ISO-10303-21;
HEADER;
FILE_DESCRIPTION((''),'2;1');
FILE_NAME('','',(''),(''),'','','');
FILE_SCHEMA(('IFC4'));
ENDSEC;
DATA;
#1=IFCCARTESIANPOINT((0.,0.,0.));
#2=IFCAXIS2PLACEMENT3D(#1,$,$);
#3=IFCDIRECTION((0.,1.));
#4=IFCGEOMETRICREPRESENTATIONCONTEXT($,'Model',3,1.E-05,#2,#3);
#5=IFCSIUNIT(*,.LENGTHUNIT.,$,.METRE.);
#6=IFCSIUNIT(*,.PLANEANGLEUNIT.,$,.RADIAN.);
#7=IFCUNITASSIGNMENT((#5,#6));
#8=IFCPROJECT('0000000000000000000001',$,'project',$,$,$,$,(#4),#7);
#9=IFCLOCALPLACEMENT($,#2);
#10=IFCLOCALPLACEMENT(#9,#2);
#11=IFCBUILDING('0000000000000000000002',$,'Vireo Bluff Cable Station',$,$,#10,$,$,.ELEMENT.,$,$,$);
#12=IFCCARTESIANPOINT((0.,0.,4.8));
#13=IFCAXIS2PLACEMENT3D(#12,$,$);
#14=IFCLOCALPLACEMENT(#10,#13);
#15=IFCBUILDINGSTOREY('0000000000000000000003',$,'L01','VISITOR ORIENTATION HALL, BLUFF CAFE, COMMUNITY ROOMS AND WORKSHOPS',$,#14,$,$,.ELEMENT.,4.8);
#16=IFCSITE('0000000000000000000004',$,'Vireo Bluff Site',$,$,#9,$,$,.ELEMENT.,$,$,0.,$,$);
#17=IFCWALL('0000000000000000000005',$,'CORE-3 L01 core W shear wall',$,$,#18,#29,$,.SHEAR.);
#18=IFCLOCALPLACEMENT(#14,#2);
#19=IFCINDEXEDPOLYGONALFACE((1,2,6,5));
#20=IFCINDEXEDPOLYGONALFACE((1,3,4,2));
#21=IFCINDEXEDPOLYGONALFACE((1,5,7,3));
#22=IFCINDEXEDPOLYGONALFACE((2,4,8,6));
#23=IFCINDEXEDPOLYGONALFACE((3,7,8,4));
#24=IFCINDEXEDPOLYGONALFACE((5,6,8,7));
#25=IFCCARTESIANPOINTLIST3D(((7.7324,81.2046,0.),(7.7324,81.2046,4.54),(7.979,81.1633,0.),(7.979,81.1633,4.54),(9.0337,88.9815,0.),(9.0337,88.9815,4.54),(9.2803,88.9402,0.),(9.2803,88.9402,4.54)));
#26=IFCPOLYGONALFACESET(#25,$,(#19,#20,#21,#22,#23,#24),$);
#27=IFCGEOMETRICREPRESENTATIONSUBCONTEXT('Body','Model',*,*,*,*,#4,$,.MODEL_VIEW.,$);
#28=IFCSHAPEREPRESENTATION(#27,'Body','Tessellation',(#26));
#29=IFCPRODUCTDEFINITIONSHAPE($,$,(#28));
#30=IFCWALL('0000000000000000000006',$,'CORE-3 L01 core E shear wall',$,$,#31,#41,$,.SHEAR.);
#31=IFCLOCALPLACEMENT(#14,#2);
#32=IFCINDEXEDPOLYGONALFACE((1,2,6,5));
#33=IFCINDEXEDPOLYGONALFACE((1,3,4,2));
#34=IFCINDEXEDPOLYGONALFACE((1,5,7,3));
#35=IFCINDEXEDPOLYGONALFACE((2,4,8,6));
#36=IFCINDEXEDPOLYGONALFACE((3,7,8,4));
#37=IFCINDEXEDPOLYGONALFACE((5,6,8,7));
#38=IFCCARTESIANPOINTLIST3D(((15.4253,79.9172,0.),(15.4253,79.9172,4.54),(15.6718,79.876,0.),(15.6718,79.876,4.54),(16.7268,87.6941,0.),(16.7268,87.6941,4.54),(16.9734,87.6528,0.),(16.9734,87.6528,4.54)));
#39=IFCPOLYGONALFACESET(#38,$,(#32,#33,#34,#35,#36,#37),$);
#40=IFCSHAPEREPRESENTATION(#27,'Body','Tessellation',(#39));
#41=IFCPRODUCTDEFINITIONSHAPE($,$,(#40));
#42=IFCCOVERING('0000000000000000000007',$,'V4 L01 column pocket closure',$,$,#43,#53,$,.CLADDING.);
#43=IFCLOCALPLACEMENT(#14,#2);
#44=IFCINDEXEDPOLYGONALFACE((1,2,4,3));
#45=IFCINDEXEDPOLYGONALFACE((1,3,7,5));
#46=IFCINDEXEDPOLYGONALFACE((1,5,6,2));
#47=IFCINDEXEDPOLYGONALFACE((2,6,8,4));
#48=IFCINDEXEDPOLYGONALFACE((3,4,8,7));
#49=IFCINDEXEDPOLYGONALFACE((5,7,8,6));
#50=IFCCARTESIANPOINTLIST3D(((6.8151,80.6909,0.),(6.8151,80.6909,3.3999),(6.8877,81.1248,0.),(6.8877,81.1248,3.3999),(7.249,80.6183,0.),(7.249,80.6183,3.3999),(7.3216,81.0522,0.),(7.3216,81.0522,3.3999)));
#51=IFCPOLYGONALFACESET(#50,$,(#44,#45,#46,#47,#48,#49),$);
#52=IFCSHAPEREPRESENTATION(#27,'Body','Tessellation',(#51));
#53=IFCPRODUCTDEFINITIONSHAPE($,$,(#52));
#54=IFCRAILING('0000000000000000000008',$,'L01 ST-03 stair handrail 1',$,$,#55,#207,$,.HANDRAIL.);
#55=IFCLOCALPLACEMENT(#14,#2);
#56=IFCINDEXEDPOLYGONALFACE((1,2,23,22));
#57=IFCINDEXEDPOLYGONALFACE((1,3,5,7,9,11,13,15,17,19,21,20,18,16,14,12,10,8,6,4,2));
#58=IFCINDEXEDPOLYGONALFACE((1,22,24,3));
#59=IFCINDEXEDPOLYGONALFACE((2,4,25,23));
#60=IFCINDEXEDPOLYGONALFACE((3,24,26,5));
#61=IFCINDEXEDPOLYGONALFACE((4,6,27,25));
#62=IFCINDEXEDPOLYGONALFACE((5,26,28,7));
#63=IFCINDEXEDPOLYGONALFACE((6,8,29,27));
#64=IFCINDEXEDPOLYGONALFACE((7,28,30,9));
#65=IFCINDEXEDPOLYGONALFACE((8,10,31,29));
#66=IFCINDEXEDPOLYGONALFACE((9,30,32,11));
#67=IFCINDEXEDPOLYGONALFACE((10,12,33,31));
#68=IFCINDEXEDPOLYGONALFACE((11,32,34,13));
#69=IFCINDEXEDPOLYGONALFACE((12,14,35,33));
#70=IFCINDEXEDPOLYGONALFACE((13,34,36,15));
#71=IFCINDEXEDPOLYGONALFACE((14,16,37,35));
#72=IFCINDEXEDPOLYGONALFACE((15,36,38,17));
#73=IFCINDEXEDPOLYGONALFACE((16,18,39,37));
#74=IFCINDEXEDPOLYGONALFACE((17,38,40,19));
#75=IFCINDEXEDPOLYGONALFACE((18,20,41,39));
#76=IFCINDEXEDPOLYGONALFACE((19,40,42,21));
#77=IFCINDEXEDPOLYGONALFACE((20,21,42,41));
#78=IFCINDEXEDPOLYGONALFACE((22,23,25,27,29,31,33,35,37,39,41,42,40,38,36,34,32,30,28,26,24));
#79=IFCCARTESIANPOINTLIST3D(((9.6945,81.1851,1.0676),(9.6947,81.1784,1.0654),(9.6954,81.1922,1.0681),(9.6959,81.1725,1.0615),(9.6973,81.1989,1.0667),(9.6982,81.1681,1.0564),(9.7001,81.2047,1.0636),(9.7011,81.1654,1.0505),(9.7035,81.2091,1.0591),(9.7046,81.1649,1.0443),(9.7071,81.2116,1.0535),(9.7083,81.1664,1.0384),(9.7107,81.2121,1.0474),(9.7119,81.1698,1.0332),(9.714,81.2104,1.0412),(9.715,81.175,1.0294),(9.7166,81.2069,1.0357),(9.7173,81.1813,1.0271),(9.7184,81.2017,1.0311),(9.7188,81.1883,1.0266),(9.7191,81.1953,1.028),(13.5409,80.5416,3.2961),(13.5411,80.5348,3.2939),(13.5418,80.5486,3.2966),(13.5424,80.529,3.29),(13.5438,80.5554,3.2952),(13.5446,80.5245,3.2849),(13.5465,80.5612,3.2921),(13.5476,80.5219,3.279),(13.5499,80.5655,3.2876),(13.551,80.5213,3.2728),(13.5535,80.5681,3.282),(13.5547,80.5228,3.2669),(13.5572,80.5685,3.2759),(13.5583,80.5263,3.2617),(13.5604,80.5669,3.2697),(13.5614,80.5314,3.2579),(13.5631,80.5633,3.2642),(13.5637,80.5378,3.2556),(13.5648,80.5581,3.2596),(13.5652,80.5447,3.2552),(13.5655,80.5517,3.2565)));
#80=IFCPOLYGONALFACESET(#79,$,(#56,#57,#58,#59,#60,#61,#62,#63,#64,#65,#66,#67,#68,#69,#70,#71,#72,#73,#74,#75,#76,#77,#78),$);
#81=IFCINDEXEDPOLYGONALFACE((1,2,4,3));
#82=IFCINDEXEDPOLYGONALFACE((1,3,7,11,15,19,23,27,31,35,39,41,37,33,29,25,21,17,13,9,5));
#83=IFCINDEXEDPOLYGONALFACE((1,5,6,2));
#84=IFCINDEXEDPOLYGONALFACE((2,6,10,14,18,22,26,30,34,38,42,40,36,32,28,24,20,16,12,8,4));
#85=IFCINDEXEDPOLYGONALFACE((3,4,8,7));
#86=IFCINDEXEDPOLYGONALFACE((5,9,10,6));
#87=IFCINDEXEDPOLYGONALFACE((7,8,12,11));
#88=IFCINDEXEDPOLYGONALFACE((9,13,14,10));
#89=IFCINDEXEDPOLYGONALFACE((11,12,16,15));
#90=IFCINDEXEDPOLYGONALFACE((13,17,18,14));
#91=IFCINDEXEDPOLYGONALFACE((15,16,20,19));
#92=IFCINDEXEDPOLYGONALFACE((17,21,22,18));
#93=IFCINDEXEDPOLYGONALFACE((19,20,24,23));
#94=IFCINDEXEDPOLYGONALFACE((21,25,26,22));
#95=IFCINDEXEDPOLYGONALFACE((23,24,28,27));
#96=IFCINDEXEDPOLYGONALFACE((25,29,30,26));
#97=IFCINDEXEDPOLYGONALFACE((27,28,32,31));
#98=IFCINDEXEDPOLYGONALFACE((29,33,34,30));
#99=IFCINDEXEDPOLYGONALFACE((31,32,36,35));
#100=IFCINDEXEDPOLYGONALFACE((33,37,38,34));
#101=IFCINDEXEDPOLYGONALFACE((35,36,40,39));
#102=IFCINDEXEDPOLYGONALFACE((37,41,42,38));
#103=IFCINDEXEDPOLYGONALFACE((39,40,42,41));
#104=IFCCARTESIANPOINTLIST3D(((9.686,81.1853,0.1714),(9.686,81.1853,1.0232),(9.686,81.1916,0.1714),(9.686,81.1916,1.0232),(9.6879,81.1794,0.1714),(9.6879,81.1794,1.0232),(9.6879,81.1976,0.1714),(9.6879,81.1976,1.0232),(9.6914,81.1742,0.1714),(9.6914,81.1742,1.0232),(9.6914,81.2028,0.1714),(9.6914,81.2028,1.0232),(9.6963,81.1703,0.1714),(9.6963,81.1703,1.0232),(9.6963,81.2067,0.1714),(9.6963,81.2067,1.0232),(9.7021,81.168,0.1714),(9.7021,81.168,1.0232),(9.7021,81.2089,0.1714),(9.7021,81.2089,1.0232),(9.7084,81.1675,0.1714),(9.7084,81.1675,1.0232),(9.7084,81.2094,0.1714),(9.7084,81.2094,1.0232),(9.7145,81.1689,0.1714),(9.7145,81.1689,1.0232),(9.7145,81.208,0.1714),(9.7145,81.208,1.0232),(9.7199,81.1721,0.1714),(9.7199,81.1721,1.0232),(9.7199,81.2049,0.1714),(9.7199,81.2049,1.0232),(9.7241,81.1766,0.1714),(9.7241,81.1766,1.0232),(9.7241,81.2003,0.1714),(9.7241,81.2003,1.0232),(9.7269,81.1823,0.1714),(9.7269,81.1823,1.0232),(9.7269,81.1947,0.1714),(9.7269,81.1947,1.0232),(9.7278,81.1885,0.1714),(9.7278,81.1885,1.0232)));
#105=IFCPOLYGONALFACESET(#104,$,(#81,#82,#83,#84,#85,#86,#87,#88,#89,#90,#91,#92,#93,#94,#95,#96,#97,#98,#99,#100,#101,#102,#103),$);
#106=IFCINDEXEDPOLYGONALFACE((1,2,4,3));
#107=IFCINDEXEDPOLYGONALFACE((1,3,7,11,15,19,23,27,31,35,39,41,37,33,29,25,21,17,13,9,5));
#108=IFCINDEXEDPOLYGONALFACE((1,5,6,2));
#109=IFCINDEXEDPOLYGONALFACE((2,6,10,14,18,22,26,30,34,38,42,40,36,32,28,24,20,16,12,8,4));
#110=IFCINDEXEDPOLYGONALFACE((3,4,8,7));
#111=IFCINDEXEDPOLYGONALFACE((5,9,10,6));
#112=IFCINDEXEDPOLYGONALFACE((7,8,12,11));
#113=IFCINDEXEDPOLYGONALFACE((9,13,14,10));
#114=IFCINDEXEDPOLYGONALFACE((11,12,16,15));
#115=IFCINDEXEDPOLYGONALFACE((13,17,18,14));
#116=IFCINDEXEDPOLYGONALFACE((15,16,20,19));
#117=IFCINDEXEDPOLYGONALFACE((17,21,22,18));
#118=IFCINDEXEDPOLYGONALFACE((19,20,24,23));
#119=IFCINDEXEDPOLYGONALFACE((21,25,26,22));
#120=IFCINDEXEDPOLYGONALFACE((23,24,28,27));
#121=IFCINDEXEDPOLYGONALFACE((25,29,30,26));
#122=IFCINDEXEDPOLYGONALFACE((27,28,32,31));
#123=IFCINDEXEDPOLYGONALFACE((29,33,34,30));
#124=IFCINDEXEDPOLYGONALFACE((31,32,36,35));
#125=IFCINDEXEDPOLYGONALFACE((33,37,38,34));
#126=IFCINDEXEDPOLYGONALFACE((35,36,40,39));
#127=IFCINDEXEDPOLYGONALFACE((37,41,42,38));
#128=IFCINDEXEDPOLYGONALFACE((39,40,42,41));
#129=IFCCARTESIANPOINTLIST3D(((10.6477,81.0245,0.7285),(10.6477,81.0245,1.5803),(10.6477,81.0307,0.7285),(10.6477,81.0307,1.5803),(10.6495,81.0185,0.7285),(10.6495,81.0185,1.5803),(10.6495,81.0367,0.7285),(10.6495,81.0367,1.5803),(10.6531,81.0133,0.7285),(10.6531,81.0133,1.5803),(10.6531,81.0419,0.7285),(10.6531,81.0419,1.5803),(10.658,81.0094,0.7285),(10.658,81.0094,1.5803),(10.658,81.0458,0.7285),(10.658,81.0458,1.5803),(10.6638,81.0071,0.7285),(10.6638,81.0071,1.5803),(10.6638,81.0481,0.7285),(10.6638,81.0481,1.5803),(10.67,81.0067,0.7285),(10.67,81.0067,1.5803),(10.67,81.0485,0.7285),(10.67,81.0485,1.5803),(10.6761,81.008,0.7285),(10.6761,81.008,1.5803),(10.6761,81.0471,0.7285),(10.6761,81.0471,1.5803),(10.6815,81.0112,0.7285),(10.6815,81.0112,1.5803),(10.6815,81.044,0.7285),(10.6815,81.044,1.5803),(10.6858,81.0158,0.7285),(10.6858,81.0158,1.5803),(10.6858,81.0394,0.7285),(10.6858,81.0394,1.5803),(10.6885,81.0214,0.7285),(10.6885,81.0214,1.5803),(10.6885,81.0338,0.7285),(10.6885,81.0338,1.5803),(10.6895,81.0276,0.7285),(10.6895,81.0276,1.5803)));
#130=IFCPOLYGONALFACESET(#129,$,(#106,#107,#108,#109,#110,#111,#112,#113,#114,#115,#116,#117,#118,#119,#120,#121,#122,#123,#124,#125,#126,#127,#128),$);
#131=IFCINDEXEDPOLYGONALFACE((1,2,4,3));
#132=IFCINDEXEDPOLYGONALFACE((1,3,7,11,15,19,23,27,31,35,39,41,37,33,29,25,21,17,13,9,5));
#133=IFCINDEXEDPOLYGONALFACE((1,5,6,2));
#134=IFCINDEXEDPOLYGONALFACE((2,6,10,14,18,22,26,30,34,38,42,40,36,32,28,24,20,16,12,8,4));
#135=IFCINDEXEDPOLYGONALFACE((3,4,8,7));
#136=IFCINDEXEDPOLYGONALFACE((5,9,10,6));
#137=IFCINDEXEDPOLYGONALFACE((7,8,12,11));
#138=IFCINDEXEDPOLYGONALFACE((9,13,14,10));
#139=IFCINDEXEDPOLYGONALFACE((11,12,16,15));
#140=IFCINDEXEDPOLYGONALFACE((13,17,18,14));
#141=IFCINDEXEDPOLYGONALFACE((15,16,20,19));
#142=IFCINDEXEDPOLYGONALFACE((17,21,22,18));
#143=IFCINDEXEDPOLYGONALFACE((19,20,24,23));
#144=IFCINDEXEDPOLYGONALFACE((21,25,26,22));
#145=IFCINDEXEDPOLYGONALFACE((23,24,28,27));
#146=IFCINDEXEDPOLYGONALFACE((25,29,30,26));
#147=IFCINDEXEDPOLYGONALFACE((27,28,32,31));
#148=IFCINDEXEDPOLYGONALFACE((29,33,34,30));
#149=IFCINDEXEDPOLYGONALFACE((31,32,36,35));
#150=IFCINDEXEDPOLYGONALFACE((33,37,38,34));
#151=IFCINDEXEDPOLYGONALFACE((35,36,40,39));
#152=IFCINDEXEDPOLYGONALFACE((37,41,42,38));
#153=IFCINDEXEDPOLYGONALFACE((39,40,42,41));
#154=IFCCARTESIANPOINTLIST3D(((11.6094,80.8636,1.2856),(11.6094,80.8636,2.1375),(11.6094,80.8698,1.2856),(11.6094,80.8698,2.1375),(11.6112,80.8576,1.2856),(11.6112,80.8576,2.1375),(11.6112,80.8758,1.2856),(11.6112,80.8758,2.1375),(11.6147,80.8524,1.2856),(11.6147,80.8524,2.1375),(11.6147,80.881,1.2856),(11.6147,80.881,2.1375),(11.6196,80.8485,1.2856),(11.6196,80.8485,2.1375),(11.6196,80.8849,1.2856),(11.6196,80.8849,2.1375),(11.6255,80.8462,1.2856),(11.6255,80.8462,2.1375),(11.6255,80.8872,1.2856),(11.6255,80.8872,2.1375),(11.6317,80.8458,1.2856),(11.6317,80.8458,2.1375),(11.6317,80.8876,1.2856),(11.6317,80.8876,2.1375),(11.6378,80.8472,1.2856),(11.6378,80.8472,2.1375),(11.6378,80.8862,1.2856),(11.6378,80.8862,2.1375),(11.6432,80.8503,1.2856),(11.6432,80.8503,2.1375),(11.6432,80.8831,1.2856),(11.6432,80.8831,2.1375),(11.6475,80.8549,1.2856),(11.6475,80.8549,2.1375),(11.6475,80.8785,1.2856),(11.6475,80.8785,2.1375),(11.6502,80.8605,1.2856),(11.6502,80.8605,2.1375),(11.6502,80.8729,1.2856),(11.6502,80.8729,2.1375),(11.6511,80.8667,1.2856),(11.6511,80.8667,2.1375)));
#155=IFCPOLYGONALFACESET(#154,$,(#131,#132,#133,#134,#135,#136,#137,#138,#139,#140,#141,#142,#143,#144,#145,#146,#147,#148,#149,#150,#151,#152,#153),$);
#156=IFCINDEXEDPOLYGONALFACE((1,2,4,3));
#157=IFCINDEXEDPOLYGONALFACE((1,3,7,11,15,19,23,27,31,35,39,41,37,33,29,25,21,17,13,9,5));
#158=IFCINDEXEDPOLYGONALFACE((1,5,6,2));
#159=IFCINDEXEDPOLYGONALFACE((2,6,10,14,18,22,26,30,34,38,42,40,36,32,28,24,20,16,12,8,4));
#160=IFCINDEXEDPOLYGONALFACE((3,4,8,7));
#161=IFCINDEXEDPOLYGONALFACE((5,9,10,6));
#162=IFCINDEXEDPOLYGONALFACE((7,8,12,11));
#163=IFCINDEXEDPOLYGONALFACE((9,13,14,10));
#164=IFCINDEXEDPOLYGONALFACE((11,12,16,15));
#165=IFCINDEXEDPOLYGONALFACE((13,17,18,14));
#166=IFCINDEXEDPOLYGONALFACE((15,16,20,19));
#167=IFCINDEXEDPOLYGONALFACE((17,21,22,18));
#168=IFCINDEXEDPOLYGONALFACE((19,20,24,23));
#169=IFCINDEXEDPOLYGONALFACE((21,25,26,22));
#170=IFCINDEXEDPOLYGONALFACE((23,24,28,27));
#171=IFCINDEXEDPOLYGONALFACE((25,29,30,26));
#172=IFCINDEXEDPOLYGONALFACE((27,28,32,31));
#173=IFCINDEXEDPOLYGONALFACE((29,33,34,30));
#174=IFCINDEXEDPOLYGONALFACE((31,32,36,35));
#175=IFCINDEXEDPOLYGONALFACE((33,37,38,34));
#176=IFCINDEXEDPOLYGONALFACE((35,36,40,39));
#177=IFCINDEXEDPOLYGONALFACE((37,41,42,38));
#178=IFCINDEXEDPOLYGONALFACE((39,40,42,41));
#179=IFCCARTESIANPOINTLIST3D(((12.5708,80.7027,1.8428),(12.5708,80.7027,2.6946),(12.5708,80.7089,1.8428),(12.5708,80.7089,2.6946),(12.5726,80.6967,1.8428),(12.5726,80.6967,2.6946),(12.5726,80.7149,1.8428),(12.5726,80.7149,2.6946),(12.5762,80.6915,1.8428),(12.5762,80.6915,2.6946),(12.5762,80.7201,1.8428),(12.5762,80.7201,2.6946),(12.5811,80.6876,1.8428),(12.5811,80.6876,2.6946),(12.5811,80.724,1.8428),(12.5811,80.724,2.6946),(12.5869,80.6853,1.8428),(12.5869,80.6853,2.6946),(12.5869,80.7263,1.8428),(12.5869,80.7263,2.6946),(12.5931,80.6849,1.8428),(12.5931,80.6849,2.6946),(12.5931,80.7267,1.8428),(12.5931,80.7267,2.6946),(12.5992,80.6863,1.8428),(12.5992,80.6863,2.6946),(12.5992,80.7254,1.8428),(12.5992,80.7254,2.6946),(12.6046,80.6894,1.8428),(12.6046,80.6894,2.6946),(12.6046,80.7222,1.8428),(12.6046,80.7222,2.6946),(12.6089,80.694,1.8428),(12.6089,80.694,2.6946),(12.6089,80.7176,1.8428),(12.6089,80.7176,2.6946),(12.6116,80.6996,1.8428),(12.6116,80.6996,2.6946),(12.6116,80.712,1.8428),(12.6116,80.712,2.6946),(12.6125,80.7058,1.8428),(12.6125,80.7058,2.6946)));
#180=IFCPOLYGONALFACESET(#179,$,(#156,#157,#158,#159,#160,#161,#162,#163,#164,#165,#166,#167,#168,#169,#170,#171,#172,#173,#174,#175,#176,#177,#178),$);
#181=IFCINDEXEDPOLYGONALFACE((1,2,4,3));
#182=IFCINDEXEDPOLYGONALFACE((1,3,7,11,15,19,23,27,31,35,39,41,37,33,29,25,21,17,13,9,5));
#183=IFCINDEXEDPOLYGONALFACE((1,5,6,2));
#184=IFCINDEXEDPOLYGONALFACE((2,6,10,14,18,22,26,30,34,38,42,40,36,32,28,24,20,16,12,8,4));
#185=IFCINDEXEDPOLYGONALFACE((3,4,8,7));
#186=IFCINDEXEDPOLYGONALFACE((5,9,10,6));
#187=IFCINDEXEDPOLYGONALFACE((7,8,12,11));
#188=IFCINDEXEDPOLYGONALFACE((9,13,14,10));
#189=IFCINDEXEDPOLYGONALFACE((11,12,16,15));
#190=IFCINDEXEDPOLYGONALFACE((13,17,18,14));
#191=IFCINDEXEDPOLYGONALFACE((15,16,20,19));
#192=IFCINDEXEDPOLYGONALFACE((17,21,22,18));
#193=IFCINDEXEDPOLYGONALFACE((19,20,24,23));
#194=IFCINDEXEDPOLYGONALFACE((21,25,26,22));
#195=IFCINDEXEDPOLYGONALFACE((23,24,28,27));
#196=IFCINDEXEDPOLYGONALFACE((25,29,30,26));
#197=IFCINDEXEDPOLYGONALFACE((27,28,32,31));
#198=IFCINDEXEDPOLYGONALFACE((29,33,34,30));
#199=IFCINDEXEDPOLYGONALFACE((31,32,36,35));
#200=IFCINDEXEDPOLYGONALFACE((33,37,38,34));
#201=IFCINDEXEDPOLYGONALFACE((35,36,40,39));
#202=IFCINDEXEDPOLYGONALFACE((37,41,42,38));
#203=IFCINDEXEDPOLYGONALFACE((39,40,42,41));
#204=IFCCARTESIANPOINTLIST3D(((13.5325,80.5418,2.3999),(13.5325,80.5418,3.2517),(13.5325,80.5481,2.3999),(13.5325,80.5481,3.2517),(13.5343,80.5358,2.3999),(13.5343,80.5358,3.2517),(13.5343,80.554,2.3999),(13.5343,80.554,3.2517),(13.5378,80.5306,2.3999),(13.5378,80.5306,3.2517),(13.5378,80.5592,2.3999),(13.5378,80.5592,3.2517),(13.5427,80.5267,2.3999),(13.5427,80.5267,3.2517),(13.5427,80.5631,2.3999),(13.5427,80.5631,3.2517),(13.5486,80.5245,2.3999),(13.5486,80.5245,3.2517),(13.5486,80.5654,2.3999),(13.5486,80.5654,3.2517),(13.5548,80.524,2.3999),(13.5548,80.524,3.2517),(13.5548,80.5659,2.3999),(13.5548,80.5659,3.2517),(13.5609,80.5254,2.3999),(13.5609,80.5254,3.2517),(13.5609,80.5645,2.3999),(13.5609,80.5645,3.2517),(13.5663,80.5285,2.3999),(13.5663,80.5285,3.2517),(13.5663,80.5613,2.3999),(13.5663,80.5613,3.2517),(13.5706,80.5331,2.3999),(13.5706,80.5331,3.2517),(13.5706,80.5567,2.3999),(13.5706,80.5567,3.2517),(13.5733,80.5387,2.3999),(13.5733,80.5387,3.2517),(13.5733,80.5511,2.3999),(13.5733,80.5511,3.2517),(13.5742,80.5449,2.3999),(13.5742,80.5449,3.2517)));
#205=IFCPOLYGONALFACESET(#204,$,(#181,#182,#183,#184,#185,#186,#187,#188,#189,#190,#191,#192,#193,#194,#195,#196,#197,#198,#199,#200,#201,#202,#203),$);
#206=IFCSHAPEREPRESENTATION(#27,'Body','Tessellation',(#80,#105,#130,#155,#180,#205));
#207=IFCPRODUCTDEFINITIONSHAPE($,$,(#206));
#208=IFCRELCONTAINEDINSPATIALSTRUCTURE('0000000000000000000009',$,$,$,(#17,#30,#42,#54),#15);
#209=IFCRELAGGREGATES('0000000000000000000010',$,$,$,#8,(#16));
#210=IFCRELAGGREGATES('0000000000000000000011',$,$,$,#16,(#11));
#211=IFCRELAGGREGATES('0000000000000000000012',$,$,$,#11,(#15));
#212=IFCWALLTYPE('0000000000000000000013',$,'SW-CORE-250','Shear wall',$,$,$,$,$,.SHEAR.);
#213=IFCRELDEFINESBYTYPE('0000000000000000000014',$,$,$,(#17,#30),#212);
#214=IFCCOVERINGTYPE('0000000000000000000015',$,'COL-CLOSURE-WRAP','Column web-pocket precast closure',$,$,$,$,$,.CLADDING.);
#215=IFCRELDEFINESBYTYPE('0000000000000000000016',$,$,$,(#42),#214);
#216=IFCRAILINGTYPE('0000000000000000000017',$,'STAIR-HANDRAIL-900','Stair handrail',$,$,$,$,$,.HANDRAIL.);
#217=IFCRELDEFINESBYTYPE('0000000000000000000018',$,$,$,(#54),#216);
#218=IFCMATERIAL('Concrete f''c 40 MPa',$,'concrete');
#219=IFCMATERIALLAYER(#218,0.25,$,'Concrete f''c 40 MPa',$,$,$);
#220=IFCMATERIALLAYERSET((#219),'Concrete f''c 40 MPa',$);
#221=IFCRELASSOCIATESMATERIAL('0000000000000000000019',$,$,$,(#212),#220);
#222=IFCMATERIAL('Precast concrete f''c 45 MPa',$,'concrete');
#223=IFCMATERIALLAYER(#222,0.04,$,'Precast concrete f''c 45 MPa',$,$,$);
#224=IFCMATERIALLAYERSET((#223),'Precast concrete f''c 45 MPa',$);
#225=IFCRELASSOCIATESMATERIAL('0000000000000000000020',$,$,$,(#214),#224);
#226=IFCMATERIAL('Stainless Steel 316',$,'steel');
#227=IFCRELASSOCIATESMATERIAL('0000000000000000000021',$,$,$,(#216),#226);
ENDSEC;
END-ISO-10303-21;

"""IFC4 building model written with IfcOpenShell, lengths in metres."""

from ifc_helpers import new_model, si_unit, direction, frame, frame_2d, origin, origin_2d, place, context, subcontext, project, spatial, rectangle, circle, extrude, material, layer, layer_set, type_object, element, save


model = new_model("IFC4")

# Units and contexts
model_context = context("Model", 3, precision=1e-05, world=origin(), true_north=direction((0.0, 1.0)))
body_context = subcontext(model_context, "Body", "Model", "MODEL_VIEW")
ifc_project = project(units=[si_unit("LENGTHUNIT", "METRE"), si_unit("PLANEANGLEUNIT", "RADIAN")], contexts=[model_context])

# Site, building, storey
site_placement = place(None, origin())
site = spatial("IfcSite", under=ifc_project, at=site_placement, Name="Vireo Bluff Site", CompositionType="ELEMENT", RefElevation=0.0)
building_placement = place(site_placement, origin())
building = spatial("IfcBuilding", under=site, at=building_placement, Name="Vireo Bluff Cable Station", CompositionType="ELEMENT")
storey_placement = place(building_placement, frame((0.0, 0.0, 4.8)))
storey = spatial("IfcBuildingStorey", under=building, at=storey_placement, Name="L01", Description="VISITOR ORIENTATION HALL, BLUFF CAFE, COMMUNITY ROOMS AND WORKSHOPS", CompositionType="ELEMENT", Elevation=4.8)

# Shared definitions
ifc_material_1 = material(Name="Precast concrete f'c 45 MPa", Category="concrete")

# Walls
ifc_material_2 = material(Name="Concrete f'c 40 MPa", Category="concrete")
ifc_layer_1 = layer(ifc_material_2, 0.25, Name="Concrete f'c 40 MPa")
ifc_layer_set_1 = layer_set([ifc_layer_1], Name="Concrete f'c 40 MPa")
wall_type_1 = type_object("IfcWallType", Name="SW-CORE-250", Description="Shear wall", PredefinedType="SHEAR", material=ifc_layer_set_1)
for number, where, z_axis, x_axis, name in (
    (1, (7.8557, 81.1841, 0.0), (0.0, 0.0, 1.0), (0.165032, 0.986288, 0.0), "CORE-3 L01 core W shear wall"),
    (2, (15.5486, 79.8967, 0.0), (0.0, 0.0, 1.0), (0.165062, 0.986283, 0.0), "CORE-3 L01 core E shear wall"),
):
    element("IfcWall", number, at=place(storey_placement, frame(where, z_axis=z_axis, x_axis=x_axis)), inside=storey, type_object=wall_type_1, Name=name, PredefinedType="SHEAR", context=body_context, shape_type="SweptSolid", body=[
        extrude(rectangle(XDim=7.885, YDim=0.25, at=frame_2d((3.9424, 0.0))), origin(), (0.0, 0.0, 1.0), 4.54),
    ])

# Covering
ifc_layer_2 = layer(ifc_material_1, 0.04, Name="Precast concrete f'c 45 MPa")
ifc_layer_set_2 = layer_set([ifc_layer_2], Name="Precast concrete f'c 45 MPa")
covering_type = type_object("IfcCoveringType", Name="COL-CLOSURE-WRAP", Description="Column web-pocket precast closure", PredefinedType="CLADDING", material=ifc_layer_set_2)
covering_placement = place(storey_placement, frame((7.0684, 80.8716, 0.0), z_axis=(0.0, 0.0, 1.0), x_axis=(0.986286, -0.165048, 0.0)))
element("IfcCovering", 3, at=covering_placement, inside=storey, type_object=covering_type, Name="V4 L01 column pocket closure", PredefinedType="CLADDING", context=body_context, shape_type="SweptSolid", body=[
    extrude(rectangle(XDim=0.4399, YDim=0.4399, at=origin_2d()), origin(), (0.0, 0.0, 1.0), 3.3999),
])

# Railing
ifc_material_3 = material(Name="Stainless Steel 316", Category="steel")
railing_type = type_object("IfcRailingType", Name="STAIR-HANDRAIL-900", Description="Stair handrail", PredefinedType="HANDRAIL", material=ifc_material_3)
railing_placement = place(storey_placement, frame((9.7068, 81.1885, 0.1714)))
element("IfcRailing", 4, at=railing_placement, inside=storey, type_object=railing_type, Name="L01 ST-03 stair handrail 1", PredefinedType="HANDRAIL", context=body_context, shape_type="SweptSolid", body=[
    extrude(circle(Radius=0.0239, at=origin_2d()), frame((0.0, 0.0, 0.876), z_axis=(0.85634, -0.143276, 0.496139), x_axis=(0.165018, 0.986291, 0.0)), (0.0, 0.0, 1.0), 4.4917),
    extrude(circle(Radius=0.021, at=origin_2d()), origin(), (0.0, 0.0, 1.0), 0.8518),
    extrude(circle(Radius=0.021, at=origin_2d()), frame((0.9617, -0.1609, 0.5571)), (0.0, 0.0, 1.0), 0.8518),
    extrude(circle(Radius=0.021, at=origin_2d()), frame((1.9233, -0.3218, 1.1143)), (0.0, 0.0, 1.0), 0.8518),
    extrude(circle(Radius=0.021, at=origin_2d()), frame((2.8848, -0.4827, 1.6714)), (0.0, 0.0, 1.0), 0.8518),
    extrude(circle(Radius=0.021, at=origin_2d()), frame((3.8464, -0.6436, 2.2285)), (0.0, 0.0, 1.0), 0.8518),
])

save(model, "model.ifc")
